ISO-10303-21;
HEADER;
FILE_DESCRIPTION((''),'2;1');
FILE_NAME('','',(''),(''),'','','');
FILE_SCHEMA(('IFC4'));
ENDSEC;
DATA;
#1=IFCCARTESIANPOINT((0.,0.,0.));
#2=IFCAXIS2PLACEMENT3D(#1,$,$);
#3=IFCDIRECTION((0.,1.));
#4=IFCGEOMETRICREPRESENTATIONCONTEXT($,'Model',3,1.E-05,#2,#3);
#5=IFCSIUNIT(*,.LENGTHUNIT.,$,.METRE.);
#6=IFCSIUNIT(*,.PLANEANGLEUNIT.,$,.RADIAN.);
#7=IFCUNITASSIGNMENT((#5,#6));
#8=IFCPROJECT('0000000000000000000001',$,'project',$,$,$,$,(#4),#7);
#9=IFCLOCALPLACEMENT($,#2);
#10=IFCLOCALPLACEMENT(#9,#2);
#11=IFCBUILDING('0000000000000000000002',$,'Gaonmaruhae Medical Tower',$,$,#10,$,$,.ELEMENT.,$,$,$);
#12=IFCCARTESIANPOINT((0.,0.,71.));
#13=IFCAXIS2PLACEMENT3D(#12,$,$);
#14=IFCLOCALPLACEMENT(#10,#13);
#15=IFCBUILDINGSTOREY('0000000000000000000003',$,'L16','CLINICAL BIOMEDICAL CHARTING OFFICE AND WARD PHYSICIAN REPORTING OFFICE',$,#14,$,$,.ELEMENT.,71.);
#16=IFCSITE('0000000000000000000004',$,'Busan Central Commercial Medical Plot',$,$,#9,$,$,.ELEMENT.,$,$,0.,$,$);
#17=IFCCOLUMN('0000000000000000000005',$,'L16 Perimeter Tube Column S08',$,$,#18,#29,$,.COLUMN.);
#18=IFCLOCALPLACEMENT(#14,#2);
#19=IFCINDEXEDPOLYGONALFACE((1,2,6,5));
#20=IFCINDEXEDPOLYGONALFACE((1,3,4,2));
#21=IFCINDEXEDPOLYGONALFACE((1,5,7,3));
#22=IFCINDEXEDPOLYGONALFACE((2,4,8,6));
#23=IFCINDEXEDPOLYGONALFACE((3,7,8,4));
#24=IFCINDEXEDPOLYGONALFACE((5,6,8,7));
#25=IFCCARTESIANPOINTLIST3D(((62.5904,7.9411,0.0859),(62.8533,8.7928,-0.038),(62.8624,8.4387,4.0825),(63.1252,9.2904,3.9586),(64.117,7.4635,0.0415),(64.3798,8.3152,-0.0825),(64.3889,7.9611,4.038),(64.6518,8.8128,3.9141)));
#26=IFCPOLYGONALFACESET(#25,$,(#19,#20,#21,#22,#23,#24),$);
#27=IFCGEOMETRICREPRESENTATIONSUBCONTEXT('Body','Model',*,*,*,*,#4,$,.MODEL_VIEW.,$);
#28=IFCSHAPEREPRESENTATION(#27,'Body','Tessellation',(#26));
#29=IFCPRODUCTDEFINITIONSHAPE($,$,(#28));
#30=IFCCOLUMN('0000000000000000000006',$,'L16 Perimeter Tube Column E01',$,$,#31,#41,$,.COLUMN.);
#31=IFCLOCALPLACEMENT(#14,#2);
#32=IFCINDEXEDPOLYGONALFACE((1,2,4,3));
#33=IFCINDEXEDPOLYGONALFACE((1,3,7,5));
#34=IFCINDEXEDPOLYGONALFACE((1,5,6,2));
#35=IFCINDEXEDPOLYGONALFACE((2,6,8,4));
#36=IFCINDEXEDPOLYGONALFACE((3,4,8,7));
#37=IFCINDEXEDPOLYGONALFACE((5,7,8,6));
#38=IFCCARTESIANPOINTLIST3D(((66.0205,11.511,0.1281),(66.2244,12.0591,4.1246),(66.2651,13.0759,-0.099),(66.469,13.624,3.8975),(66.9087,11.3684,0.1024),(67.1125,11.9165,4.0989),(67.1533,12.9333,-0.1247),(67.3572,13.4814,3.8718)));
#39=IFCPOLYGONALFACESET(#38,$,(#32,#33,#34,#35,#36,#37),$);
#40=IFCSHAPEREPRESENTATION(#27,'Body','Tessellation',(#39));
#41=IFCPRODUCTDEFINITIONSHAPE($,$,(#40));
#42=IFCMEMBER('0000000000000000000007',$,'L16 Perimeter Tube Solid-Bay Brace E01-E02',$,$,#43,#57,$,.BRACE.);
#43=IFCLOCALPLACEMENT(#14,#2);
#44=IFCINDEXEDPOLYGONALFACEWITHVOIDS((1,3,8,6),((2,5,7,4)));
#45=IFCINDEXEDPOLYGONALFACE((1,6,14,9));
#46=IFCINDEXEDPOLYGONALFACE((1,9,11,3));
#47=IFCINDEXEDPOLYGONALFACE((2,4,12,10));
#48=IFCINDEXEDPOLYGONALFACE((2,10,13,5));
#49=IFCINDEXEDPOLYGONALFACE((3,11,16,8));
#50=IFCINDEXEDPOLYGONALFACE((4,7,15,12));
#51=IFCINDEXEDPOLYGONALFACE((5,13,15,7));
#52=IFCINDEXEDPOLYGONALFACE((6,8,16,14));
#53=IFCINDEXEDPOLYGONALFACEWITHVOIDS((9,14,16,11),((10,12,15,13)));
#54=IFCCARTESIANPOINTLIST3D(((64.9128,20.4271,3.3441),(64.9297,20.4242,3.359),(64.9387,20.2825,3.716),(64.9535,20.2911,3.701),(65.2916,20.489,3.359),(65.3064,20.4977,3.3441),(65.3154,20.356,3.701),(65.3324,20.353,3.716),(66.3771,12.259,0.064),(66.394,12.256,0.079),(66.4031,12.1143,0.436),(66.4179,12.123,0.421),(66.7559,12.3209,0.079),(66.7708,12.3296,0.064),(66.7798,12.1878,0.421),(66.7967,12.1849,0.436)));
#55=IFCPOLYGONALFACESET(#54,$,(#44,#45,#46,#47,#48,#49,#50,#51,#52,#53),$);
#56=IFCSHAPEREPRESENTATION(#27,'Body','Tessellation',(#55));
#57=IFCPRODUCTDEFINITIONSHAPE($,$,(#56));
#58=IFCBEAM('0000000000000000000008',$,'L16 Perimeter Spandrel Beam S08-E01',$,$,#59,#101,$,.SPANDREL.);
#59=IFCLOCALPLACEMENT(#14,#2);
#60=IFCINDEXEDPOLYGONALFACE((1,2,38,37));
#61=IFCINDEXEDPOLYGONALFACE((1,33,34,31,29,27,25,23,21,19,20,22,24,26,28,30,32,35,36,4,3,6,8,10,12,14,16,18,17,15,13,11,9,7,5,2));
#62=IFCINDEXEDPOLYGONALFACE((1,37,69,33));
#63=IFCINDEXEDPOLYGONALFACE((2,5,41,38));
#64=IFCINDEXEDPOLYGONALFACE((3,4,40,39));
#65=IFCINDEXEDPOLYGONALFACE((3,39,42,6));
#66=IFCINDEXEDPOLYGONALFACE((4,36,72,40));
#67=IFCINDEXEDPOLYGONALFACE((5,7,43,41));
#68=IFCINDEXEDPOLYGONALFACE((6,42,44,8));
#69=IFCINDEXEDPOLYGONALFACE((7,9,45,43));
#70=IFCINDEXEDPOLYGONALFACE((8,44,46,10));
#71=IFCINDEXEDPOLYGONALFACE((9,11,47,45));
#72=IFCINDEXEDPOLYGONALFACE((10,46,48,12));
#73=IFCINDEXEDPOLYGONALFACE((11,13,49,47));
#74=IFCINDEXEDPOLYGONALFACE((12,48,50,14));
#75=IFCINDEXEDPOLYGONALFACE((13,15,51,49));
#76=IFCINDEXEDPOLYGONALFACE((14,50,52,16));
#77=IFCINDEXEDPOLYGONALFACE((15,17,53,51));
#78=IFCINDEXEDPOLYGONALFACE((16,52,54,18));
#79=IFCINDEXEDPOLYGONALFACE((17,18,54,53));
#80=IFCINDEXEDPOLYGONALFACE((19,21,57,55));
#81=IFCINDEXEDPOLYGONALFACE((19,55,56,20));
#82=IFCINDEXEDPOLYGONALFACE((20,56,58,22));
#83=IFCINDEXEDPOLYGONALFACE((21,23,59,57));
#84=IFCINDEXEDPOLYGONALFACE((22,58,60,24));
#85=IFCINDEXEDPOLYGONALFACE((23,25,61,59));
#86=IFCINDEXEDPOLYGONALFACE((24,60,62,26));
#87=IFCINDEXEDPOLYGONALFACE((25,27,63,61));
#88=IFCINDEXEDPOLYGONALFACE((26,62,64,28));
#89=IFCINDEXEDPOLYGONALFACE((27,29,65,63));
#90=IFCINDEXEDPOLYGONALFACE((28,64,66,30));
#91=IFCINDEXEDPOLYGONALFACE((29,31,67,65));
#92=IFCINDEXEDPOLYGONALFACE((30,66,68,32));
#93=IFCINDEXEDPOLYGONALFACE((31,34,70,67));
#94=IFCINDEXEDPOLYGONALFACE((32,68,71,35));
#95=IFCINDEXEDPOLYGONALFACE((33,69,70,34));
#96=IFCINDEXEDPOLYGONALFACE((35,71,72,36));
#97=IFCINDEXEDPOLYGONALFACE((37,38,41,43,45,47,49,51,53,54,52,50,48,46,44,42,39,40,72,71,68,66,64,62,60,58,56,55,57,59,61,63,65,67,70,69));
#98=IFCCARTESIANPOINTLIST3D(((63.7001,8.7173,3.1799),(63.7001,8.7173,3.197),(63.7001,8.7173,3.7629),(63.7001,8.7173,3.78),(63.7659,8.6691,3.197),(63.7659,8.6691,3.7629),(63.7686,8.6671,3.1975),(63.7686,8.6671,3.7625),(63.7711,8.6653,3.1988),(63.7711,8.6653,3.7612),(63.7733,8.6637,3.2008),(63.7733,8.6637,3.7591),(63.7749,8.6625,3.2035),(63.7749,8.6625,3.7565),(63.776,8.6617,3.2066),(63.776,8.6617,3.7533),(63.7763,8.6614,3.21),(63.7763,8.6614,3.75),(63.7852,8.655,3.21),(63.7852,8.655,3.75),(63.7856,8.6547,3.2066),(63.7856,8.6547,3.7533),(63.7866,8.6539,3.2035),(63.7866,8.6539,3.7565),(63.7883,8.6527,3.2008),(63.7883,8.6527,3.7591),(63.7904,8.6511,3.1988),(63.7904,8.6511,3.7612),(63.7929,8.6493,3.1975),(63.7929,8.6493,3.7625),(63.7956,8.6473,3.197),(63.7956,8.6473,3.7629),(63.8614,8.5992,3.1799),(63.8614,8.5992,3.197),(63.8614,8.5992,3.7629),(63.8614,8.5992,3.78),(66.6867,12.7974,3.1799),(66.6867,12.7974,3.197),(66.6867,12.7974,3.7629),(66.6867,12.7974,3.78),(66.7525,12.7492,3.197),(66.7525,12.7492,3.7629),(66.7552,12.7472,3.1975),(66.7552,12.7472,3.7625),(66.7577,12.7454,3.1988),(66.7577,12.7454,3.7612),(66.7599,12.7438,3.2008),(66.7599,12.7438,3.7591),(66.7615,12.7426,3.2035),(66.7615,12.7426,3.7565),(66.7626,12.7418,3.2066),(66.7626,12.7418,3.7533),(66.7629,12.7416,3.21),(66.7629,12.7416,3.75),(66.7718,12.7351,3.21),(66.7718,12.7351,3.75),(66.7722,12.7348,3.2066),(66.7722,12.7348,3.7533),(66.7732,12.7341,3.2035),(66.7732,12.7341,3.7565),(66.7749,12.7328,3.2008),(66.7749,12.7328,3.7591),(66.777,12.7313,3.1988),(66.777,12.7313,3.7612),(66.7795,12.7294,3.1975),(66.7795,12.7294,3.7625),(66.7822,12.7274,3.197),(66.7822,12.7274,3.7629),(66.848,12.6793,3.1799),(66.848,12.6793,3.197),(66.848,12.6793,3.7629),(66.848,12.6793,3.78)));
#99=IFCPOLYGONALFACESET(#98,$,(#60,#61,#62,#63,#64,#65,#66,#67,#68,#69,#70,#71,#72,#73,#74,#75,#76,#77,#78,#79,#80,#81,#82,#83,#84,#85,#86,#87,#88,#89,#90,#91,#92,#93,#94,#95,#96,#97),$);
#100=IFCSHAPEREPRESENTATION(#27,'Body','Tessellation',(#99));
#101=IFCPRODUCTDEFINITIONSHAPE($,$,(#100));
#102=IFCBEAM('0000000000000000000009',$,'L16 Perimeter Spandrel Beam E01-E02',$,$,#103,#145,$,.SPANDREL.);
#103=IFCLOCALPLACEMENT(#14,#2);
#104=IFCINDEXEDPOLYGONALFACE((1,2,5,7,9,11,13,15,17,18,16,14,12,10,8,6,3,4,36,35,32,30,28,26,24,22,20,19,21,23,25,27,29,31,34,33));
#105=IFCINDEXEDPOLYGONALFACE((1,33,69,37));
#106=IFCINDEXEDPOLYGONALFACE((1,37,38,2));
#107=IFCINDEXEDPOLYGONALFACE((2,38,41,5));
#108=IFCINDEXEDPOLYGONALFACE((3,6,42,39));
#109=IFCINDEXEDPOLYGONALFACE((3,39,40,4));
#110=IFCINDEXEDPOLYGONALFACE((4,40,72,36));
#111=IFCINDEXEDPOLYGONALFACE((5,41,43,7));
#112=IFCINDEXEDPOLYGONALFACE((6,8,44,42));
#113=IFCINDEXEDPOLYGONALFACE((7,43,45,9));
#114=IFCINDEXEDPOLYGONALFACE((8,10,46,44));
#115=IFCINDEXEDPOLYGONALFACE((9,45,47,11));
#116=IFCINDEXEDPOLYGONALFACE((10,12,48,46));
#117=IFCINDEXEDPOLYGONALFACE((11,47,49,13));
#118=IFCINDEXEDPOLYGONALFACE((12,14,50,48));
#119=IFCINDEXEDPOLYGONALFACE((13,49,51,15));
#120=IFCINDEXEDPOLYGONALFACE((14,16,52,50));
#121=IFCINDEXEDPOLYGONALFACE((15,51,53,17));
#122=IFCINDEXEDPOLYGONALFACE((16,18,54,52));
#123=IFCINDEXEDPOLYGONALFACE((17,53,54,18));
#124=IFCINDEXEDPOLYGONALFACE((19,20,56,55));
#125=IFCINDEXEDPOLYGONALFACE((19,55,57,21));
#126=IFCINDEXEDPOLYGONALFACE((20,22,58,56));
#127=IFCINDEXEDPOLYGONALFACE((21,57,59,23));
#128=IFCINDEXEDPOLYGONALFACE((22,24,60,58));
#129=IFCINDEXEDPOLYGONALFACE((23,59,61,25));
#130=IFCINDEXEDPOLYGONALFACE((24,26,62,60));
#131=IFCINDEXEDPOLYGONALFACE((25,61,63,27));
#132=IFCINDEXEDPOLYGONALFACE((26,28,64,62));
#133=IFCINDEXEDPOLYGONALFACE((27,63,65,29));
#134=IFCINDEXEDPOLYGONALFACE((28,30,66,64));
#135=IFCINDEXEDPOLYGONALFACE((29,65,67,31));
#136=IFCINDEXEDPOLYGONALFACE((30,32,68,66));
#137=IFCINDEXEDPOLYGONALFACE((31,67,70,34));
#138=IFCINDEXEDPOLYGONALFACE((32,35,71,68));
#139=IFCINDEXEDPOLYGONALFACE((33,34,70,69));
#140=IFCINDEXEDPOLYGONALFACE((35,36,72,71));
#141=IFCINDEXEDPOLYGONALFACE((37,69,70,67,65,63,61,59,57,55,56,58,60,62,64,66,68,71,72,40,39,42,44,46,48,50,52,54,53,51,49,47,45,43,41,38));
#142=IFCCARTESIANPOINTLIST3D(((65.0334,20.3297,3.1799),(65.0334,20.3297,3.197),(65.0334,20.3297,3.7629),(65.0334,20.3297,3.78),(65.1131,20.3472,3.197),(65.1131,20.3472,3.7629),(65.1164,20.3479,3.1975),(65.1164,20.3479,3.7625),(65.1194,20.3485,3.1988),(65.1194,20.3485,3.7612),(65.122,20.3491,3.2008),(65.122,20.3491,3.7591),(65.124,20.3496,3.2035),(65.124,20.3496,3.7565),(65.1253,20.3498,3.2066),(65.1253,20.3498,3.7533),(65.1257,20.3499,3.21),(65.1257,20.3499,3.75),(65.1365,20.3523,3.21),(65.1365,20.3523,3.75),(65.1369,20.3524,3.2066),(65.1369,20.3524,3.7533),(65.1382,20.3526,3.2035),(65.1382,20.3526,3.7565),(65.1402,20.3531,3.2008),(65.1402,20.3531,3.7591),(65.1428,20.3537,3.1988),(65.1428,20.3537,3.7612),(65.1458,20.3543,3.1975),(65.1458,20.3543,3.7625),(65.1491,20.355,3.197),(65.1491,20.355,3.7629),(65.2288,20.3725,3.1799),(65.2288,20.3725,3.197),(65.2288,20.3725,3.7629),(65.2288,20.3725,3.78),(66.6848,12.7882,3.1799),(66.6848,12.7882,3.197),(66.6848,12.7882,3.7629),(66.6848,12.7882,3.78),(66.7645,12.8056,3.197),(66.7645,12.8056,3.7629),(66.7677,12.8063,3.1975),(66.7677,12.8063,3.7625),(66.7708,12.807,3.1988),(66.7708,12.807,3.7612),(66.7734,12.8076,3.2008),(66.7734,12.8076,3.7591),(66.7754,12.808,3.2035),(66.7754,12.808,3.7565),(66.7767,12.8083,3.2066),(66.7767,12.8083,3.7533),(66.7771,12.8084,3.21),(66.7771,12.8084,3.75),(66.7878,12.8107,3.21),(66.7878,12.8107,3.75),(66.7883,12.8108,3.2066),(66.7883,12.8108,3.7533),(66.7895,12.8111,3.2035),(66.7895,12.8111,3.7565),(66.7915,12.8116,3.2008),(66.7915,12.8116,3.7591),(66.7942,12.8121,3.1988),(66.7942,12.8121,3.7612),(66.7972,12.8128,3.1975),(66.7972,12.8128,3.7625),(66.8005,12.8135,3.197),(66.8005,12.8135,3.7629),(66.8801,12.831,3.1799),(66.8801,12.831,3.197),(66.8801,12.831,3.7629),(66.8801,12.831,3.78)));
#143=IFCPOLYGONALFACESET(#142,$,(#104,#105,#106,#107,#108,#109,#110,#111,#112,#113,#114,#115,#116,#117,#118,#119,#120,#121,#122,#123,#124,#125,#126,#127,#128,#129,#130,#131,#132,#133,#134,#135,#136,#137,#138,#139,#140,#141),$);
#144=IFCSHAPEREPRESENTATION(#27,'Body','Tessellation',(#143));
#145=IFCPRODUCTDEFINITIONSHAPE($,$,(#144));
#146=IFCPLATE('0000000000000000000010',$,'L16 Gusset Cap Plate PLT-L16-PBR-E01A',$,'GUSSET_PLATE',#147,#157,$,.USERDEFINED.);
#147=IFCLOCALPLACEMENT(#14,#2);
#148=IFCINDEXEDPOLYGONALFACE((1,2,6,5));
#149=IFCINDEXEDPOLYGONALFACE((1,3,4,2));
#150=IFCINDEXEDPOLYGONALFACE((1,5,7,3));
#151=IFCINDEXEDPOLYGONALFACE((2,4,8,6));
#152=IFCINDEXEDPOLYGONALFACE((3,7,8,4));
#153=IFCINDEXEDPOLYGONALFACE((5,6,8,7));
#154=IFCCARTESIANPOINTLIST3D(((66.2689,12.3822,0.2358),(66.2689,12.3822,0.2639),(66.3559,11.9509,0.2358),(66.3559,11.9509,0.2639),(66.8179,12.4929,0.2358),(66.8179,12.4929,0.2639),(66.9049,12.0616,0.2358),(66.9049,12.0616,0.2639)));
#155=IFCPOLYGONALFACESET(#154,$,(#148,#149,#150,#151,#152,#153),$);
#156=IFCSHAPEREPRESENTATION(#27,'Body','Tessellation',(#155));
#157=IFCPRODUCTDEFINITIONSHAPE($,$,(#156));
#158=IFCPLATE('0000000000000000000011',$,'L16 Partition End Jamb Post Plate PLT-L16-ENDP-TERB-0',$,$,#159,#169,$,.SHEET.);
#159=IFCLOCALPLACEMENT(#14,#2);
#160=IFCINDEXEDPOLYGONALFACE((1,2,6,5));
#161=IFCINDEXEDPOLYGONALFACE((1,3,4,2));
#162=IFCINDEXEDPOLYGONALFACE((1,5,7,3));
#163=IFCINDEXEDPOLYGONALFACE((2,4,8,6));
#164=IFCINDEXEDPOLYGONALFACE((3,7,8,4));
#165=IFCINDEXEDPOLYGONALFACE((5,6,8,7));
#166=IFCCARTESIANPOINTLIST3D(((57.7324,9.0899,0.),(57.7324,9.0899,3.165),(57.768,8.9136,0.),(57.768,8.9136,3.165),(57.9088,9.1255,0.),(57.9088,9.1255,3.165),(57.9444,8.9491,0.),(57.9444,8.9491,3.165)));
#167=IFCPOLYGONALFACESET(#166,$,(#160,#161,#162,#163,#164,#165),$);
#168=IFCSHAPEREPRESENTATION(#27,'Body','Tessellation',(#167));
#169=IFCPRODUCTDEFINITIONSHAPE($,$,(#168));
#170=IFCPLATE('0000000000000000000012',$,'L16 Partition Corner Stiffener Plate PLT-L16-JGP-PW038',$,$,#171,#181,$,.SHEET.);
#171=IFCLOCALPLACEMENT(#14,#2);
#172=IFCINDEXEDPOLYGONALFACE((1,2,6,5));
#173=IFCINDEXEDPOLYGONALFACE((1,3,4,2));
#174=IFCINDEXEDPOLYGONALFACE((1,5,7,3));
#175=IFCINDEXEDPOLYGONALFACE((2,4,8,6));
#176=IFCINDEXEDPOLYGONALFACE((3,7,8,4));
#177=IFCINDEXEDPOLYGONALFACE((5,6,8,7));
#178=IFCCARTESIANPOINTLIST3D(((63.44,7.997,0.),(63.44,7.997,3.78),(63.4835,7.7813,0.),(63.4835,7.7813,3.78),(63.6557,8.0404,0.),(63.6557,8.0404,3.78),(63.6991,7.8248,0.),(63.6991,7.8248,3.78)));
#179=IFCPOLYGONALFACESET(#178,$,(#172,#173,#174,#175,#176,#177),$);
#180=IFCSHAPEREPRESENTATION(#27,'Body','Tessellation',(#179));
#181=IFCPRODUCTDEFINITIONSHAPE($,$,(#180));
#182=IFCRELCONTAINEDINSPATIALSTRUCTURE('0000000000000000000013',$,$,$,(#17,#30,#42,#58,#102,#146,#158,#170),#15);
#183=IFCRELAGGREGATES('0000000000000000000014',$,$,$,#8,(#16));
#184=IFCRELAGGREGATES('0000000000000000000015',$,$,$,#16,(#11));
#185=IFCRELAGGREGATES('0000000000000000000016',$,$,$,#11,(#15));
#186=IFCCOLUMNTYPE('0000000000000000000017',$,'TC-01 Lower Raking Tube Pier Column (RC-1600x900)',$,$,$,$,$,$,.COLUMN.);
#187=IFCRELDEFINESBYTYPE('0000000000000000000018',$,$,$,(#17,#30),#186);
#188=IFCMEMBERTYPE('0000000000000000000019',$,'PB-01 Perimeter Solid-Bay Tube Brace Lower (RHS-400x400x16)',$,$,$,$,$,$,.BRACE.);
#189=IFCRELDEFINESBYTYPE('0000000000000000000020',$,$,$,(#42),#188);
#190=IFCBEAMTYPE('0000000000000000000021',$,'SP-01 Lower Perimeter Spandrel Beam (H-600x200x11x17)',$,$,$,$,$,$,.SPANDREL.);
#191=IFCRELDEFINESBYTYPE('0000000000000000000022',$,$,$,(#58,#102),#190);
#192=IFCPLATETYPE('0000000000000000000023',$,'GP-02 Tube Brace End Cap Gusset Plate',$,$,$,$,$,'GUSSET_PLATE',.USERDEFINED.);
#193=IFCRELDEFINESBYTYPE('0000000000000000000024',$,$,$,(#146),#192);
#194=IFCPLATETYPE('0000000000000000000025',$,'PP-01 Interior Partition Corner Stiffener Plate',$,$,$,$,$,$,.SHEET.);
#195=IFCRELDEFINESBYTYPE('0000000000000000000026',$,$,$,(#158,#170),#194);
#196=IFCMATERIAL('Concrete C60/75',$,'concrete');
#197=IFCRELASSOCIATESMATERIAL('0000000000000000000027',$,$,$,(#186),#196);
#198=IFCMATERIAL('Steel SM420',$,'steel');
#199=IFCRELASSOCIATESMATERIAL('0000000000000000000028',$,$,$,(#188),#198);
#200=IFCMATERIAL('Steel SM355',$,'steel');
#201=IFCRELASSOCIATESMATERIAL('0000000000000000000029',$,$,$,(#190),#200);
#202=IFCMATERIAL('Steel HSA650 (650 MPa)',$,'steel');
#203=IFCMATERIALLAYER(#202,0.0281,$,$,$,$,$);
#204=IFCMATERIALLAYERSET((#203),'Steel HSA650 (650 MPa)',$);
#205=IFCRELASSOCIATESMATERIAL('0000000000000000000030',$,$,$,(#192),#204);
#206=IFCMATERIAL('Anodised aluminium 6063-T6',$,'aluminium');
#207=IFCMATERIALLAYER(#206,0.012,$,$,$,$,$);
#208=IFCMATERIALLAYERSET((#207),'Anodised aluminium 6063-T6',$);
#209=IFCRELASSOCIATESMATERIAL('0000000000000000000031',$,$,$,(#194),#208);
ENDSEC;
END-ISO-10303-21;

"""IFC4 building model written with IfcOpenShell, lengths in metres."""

from ifc_helpers import new_model, si_unit, direction, frame, origin, origin_2d, place, context, subcontext, project, spatial, rectangle, hollow_rectangle, i_section, extrude, material, layer, layer_set, material_profile, profile_set, type_object, element, save


model = new_model("IFC4")

# Units and contexts
model_context = context("Model", 3, precision=1e-05, world=origin(), true_north=direction((0.0, 1.0)))
body_context = subcontext(model_context, "Body", "Model", "MODEL_VIEW")
ifc_project = project(units=[si_unit("LENGTHUNIT", "METRE"), si_unit("PLANEANGLEUNIT", "RADIAN")], contexts=[model_context])

# Site, building, storey
site_placement = place(None, origin())
site = spatial("IfcSite", under=ifc_project, at=site_placement, Name="Busan Central Commercial Medical Plot", CompositionType="ELEMENT", RefElevation=0.0)
building_placement = place(site_placement, origin())
building = spatial("IfcBuilding", under=site, at=building_placement, Name="Gaonmaruhae Medical Tower", CompositionType="ELEMENT")
storey_placement = place(building_placement, frame((0.0, 0.0, 71.0)))
storey = spatial("IfcBuildingStorey", under=building, at=storey_placement, Name="L16", Description="CLINICAL BIOMEDICAL CHARTING OFFICE AND WARD PHYSICIAN REPORTING OFFICE", CompositionType="ELEMENT", Elevation=71.0)

# Columns
ifc_material_1 = material(Name="Concrete C60/75", Category="concrete")
ifc_material_profile_1 = material_profile(ifc_material_1, rectangle(XDim=1.6001, YDim=0.8999, at=origin_2d()), Name="RC-1600x900")
ifc_profile_set_1 = profile_set([ifc_material_profile_1], Name="Concrete C60/75")
column_type = type_object("IfcColumnType", Name="TC-01 Lower Raking Tube Pier Column (RC-1600x900)", PredefinedType="COLUMN", material=ifc_profile_set_1)
column_1_placement = place(storey_placement, frame((63.4851, 8.1282, 0.0017), z_axis=(0.067377, 0.123262, 0.990084), x_axis=(-0.95402, 0.298455, 0.027766)))
element("IfcColumn", 1, at=column_1_placement, inside=storey, type_object=column_type, Name="L16 Perimeter Tube Column S08", PredefinedType="COLUMN", context=body_context, shape_type="SweptSolid", body=[
    extrude(rectangle(XDim=1.6001, YDim=0.8999, at=origin_2d()), origin(), (0.0, 0.0, 1.0), 4.0366),
])
column_2_placement = place(storey_placement, frame((66.5869, 12.2222, 0.0017), z_axis=(0.050471, 0.135696, 0.989464), x_axis=(-0.15287, -0.978003, 0.141922)))
element("IfcColumn", 2, at=column_2_placement, inside=storey, type_object=column_type, Name="L16 Perimeter Tube Column E01", PredefinedType="COLUMN", context=body_context, shape_type="SweptSolid", body=[
    extrude(rectangle(XDim=1.6001, YDim=0.8999, at=origin_2d()), origin(), (0.0, 0.0, 1.0), 4.0391),
])

# Member
ifc_material_2 = material(Name="Steel SM420", Category="steel")
ifc_material_profile_2 = material_profile(ifc_material_2, hollow_rectangle(XDim=0.3999, YDim=0.3999, WallThickness=0.0161, at=origin_2d()), Name="RHS-400x400x16")
ifc_profile_set_2 = profile_set([ifc_material_profile_2], Name="Steel SM420")
member_type = type_object("IfcMemberType", Name="PB-01 Perimeter Solid-Bay Tube Brace Lower (RHS-400x400x16)", PredefinedType="BRACE", material=ifc_profile_set_2)
member_placement = place(storey_placement, frame((66.5869, 12.2219, 0.25), z_axis=(-0.164107, 0.915396, 0.367586), x_axis=(-0.984308, -0.176462, 0.0)))
element("IfcMember", 3, at=member_placement, inside=storey, type_object=member_type, Name="L16 Perimeter Tube Solid-Bay Brace E01-E02", PredefinedType="BRACE", context=body_context, shape_type="SweptSolid", body=[
    extrude(hollow_rectangle(XDim=0.3999, YDim=0.3999, WallThickness=0.0161, at=origin_2d()), origin(), (0.0, 0.0, 1.0), 8.9231),
])

# Beams
ifc_material_3 = material(Name="Steel SM355", Category="steel")
ifc_material_profile_3 = material_profile(ifc_material_3, i_section(OverallWidth=0.2, OverallDepth=0.6001, WebThickness=0.011, FlangeThickness=0.0171, FilletRadius=0.0129, at=origin_2d()), Name="H-600x200x11x17")
ifc_profile_set_3 = profile_set([ifc_material_profile_3], Name="Steel SM355")
beam_type = type_object("IfcBeamType", Name="SP-01 Lower Perimeter Spandrel Beam (H-600x200x11x17)", PredefinedType="SPANDREL", material=ifc_profile_set_3)
beam_1_placement = place(storey_placement, frame((63.7808, 8.6582, 3.48), z_axis=(0.590658, 0.806922, 0.0), x_axis=(-0.806922, 0.590658, 0.0)))
element("IfcBeam", 4, at=beam_1_placement, inside=storey, type_object=beam_type, Name="L16 Perimeter Spandrel Beam S08-E01", PredefinedType="SPANDREL", context=body_context, shape_type="SweptSolid", body=[
    extrude(i_section(OverallWidth=0.2, OverallDepth=0.6001, WebThickness=0.011, FlangeThickness=0.0171, FilletRadius=0.0129, at=origin_2d()), origin(), (0.0, 0.0, 1.0), 5.0564),
])
beam_2_placement = place(storey_placement, frame((66.7825, 12.8096, 3.48), z_axis=(-0.213902, 0.976855, 0.0), x_axis=(-0.976855, -0.213902, 0.0)))
element("IfcBeam", 5, at=beam_2_placement, inside=storey, type_object=beam_type, Name="L16 Perimeter Spandrel Beam E01-E02", PredefinedType="SPANDREL", context=body_context, shape_type="SweptSolid", body=[
    extrude(i_section(OverallWidth=0.2, OverallDepth=0.6001, WebThickness=0.011, FlangeThickness=0.0171, FilletRadius=0.0129, at=origin_2d()), origin(), (0.0, 0.0, 1.0), 7.7202),
])

# Plates
ifc_material_4 = material(Name="Steel HSA650 (650 MPa)", Category="steel")
ifc_layer_1 = layer(ifc_material_4, 0.0281)
ifc_layer_set_1 = layer_set([ifc_layer_1], Name="Steel HSA650 (650 MPa)")
plate_type_1 = type_object("IfcPlateType", Name="GP-02 Tube Brace End Cap Gusset Plate", ElementType="GUSSET_PLATE", PredefinedType="USERDEFINED", material=ifc_layer_set_1)
plate_1_placement = place(storey_placement, frame((66.5869, 12.2219, 0.2358), z_axis=(0.0, 0.0, 1.0), x_axis=(0.980271, 0.197657, 0.0)))
element("IfcPlate", 6, at=plate_1_placement, inside=storey, type_object=plate_type_1, Name="L16 Gusset Cap Plate PLT-L16-PBR-E01A", ObjectType="GUSSET_PLATE", PredefinedType="USERDEFINED", context=body_context, shape_type="SweptSolid", body=[
    extrude(rectangle(XDim=0.5601, YDim=0.4399, at=origin_2d()), origin(), (0.0, 0.0, 1.0), 0.0281),
])
ifc_material_5 = material(Name="Anodised aluminium 6063-T6", Category="aluminium")
ifc_layer_2 = layer(ifc_material_5, 0.012)
ifc_layer_set_2 = layer_set([ifc_layer_2], Name="Anodised aluminium 6063-T6")
plate_type_2 = type_object("IfcPlateType", Name="PP-01 Interior Partition Corner Stiffener Plate", PredefinedType="SHEET", material=ifc_layer_set_2)
plate_2_placement = place(storey_placement, frame((57.8384, 9.0195, 0.0), z_axis=(0.0, 0.0, 1.0), x_axis=(-0.980271, -0.197657, 0.0)))
element("IfcPlate", 7, at=plate_2_placement, inside=storey, type_object=plate_type_2, Name="L16 Partition End Jamb Post Plate PLT-L16-ENDP-TERB-0", PredefinedType="SHEET", context=body_context, shape_type="SweptSolid", body=[
    extrude(rectangle(XDim=0.1799, YDim=0.1799, at=origin_2d()), origin(), (0.0, 0.0, 1.0), 3.165),
])
plate_3_placement = place(storey_placement, frame((63.5696, 7.9109, 0.0), z_axis=(0.0, 0.0, 1.0), x_axis=(-0.980264, -0.197692, 0.0)))
element("IfcPlate", 8, at=plate_3_placement, inside=storey, type_object=plate_type_2, Name="L16 Partition Corner Stiffener Plate PLT-L16-JGP-PW038", PredefinedType="SHEET", context=body_context, shape_type="SweptSolid", body=[
    extrude(rectangle(XDim=0.22, YDim=0.22, at=origin_2d()), origin(), (0.0, 0.0, 1.0), 3.78),
])

save(model, "model.ifc")
